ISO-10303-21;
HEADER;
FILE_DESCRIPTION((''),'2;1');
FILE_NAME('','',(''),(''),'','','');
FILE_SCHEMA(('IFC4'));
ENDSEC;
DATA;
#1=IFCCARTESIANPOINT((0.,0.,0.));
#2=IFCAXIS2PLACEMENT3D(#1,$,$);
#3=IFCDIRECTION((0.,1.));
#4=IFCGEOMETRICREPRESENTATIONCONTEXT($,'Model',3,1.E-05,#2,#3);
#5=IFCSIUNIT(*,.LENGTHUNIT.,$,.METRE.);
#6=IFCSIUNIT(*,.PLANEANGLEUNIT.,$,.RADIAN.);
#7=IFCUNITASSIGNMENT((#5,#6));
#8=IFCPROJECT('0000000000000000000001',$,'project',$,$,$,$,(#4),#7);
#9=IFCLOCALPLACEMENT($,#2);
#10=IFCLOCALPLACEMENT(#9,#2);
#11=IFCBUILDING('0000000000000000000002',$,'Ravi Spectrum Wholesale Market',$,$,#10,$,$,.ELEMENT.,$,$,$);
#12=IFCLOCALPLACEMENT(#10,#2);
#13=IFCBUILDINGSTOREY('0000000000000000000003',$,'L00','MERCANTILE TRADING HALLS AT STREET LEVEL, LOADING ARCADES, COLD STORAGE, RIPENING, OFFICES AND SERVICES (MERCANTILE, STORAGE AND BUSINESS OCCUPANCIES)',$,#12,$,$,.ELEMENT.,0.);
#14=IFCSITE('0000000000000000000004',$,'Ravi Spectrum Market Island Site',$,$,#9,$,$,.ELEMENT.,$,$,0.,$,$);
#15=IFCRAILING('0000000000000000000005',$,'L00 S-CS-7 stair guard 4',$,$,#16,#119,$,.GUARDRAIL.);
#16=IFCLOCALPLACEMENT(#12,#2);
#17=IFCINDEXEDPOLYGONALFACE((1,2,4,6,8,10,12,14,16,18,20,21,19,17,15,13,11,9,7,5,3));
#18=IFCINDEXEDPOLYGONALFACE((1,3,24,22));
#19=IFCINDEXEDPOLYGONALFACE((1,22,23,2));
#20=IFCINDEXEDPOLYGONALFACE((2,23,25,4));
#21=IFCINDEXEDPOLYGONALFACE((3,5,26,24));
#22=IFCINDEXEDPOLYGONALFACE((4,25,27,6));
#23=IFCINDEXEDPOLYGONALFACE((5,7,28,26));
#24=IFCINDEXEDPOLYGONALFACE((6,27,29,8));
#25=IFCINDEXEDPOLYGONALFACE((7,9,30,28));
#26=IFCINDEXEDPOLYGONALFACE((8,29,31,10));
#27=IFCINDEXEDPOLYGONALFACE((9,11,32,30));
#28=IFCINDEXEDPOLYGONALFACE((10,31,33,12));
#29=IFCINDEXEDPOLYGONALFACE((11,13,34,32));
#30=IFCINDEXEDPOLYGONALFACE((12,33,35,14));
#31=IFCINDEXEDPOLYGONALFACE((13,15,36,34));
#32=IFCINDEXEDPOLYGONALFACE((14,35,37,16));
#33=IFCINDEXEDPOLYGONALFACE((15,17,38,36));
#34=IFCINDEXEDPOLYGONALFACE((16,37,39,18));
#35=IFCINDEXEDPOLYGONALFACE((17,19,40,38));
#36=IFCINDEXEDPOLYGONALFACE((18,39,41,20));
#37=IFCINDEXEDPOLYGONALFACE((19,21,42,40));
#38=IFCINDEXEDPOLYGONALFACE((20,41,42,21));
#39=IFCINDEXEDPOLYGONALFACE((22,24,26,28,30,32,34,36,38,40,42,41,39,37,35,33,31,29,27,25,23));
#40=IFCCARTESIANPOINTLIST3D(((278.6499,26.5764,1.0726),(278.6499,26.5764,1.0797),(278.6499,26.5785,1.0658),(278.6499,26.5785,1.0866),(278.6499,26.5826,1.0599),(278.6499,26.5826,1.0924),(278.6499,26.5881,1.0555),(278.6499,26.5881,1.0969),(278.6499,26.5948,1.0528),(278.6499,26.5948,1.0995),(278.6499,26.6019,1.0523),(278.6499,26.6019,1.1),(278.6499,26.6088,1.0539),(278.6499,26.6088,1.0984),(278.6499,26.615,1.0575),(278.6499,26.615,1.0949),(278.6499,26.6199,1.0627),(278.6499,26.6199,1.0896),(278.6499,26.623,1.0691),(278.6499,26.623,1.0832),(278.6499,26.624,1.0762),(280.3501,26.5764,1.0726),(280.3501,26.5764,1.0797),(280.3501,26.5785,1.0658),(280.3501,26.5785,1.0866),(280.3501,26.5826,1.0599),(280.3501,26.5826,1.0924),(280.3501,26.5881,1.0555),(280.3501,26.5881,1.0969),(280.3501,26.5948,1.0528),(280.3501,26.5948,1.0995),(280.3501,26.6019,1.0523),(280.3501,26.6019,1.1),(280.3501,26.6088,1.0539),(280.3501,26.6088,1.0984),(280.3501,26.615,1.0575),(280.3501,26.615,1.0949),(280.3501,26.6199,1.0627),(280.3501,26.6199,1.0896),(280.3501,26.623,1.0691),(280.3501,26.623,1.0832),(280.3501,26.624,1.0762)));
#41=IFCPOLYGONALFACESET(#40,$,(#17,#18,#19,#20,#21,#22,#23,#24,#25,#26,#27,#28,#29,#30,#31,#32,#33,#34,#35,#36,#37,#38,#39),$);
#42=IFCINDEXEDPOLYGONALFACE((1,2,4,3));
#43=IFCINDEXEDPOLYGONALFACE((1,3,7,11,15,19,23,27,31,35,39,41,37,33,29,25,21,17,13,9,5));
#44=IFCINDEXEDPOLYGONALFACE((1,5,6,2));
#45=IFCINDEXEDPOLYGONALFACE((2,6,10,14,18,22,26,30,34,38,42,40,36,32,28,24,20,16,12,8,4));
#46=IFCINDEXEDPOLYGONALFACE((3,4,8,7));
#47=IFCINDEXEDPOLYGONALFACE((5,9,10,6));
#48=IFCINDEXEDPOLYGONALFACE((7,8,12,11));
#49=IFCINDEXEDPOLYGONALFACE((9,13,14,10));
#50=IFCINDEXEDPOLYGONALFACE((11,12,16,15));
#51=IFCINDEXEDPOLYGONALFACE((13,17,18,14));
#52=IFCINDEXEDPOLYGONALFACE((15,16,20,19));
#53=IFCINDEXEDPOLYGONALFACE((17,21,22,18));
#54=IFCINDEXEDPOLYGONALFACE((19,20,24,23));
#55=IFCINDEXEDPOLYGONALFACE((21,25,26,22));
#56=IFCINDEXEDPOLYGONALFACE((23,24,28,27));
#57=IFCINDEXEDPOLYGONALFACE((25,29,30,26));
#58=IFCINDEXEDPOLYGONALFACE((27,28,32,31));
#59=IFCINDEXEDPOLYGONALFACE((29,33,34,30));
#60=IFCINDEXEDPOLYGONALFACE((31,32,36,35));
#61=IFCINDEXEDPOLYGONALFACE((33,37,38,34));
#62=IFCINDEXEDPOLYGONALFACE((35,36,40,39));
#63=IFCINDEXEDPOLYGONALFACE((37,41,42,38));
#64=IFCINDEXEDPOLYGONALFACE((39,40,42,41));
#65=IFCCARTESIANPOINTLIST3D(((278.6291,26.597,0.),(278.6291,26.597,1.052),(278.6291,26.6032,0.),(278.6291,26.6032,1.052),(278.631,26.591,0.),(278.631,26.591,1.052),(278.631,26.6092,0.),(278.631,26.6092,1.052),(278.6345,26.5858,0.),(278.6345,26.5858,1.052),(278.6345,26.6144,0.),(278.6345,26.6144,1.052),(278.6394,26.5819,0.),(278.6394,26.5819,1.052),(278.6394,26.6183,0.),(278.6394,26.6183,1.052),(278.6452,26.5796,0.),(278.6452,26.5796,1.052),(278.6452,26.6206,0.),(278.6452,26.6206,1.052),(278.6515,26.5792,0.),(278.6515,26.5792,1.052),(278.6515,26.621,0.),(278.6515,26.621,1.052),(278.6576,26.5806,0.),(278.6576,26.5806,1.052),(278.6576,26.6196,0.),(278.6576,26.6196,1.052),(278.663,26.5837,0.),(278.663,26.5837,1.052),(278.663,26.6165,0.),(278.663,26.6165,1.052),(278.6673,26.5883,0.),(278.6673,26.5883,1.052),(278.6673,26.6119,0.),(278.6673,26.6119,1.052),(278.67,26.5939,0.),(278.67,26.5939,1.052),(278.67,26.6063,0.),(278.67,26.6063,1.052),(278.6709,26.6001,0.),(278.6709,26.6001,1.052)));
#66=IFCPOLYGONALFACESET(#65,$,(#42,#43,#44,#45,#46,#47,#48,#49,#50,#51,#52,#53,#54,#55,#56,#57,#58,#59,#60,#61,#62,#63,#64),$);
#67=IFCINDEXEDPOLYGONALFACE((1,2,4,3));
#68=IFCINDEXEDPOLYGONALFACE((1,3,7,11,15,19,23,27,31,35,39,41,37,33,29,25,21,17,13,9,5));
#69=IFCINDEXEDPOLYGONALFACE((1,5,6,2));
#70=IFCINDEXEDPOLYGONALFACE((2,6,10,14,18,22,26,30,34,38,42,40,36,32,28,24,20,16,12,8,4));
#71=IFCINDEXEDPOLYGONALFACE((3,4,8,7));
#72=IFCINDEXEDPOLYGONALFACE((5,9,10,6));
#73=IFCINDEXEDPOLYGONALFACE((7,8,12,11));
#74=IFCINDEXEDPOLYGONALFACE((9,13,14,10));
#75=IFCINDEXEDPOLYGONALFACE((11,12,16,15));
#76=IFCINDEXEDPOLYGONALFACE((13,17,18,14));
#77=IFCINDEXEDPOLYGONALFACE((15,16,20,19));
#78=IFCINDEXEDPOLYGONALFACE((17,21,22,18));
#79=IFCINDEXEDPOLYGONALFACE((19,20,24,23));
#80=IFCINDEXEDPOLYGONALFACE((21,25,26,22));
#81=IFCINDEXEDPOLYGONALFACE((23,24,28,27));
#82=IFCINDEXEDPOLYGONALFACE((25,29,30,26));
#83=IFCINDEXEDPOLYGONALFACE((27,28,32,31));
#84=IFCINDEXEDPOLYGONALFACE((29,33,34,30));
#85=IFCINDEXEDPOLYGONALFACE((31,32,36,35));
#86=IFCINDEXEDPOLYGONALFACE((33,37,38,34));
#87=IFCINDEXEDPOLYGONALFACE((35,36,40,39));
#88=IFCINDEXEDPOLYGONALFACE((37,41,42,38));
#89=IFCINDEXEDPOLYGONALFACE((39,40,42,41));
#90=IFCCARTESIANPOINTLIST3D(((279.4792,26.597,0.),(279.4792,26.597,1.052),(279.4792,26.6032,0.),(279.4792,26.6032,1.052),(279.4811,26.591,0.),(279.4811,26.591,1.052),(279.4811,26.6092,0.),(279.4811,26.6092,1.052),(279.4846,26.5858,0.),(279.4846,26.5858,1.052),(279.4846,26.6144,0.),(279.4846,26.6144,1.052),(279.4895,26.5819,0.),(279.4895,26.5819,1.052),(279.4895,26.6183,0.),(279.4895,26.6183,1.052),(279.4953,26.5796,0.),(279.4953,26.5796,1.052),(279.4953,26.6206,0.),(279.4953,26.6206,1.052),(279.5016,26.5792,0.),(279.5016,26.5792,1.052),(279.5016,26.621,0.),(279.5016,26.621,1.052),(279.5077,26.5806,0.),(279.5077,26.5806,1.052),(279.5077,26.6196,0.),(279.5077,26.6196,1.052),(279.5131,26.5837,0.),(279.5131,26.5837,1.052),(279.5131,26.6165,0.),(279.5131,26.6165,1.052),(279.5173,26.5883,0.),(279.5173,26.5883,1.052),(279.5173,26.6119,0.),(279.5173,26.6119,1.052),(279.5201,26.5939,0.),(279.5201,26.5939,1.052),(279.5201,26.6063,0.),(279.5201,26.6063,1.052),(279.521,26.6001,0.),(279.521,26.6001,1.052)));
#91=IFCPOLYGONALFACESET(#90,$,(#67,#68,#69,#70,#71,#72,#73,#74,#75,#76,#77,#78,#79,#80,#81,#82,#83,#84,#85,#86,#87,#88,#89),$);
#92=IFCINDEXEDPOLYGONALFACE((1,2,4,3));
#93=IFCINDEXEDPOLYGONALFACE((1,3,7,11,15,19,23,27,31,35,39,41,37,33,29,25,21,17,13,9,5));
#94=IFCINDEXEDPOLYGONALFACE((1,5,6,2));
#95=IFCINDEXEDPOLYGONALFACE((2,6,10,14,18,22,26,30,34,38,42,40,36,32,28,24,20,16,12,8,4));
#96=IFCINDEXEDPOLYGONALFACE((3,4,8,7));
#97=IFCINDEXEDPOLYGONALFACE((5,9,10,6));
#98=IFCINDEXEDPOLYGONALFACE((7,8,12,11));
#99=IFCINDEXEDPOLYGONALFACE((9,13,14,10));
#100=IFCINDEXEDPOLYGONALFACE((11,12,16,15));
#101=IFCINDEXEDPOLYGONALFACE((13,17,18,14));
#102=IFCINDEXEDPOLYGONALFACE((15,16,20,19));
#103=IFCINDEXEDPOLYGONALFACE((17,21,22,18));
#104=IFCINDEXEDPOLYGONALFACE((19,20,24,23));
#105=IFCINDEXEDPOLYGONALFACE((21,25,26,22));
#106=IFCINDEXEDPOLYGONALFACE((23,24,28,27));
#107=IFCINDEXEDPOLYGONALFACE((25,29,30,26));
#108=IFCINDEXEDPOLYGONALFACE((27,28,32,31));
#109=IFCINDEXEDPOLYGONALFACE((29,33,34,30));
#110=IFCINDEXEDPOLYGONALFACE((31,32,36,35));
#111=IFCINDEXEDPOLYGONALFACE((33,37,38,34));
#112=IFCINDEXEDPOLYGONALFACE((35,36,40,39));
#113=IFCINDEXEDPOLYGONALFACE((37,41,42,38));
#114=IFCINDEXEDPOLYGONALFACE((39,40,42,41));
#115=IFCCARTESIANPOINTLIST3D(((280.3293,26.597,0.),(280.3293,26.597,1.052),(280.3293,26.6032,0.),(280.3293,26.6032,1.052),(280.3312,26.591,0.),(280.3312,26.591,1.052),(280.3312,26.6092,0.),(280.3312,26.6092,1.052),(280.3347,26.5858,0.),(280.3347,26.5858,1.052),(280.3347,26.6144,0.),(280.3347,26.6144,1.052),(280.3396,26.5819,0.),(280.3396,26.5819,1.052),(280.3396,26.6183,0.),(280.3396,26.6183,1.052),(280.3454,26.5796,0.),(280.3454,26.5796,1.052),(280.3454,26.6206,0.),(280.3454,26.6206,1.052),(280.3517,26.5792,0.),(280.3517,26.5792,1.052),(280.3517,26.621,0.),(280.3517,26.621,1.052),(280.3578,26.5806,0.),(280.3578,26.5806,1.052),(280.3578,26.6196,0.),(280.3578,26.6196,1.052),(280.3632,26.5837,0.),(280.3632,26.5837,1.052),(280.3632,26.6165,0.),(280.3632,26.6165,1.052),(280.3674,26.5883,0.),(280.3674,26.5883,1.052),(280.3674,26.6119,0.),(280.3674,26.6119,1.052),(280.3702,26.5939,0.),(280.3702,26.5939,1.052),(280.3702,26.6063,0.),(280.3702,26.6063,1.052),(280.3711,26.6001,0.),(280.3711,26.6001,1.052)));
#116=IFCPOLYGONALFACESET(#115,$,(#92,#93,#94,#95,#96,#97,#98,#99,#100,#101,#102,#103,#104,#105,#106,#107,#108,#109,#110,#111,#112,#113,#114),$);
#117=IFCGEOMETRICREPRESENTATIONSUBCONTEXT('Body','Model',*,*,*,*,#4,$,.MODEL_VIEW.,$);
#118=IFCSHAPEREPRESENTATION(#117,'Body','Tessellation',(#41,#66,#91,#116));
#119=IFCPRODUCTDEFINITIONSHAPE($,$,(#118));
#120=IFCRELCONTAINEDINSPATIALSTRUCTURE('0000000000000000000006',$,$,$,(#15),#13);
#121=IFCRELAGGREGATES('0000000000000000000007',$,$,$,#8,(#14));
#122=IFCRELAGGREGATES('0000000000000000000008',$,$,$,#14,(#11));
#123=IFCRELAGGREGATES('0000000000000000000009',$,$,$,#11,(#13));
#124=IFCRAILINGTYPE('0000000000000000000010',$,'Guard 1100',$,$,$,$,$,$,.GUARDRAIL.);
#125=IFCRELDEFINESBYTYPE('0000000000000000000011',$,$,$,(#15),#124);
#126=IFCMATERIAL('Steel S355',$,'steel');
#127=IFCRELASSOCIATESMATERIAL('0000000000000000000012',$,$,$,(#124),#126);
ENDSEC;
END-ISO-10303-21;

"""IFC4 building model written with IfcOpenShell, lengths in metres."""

from ifc_helpers import new_model, si_unit, direction, frame, origin, origin_2d, place, context, subcontext, project, spatial, circle, extrude, material, type_object, element, save


model = new_model("IFC4")

# Units and contexts
model_context = context("Model", 3, precision=1e-05, world=origin(), true_north=direction((0.0, 1.0)))
body_context = subcontext(model_context, "Body", "Model", "MODEL_VIEW")
ifc_project = project(units=[si_unit("LENGTHUNIT", "METRE"), si_unit("PLANEANGLEUNIT", "RADIAN")], contexts=[model_context])

# Site, building, storey
site_placement = place(None, origin())
site = spatial("IfcSite", under=ifc_project, at=site_placement, Name="Ravi Spectrum Market Island Site", CompositionType="ELEMENT", RefElevation=0.0)
building_placement = place(site_placement, origin())
building = spatial("IfcBuilding", under=site, at=building_placement, Name="Ravi Spectrum Wholesale Market", CompositionType="ELEMENT")
storey_placement = place(building_placement, origin())
storey = spatial("IfcBuildingStorey", under=building, at=storey_placement, Name="L00", Description="MERCANTILE TRADING HALLS AT STREET LEVEL, LOADING ARCADES, COLD STORAGE, RIPENING, OFFICES AND SERVICES (MERCANTILE, STORAGE AND BUSINESS OCCUPANCIES)", CompositionType="ELEMENT", Elevation=0.0)

# Railing
ifc_material_1 = material(Name="Steel S355", Category="steel")
railing_type_1 = type_object("IfcRailingType", Name="Guard 1100", PredefinedType="GUARDRAIL", material=ifc_material_1)
railing_1_placement = place(storey_placement, frame((278.6499, 26.6001, 0.0)))
element("IfcRailing", 1, at=railing_1_placement, inside=storey, type_object=railing_type_1, Name="L00 S-CS-7 stair guard 4", PredefinedType="GUARDRAIL", context=body_context, shape_type="SweptSolid", body=[
    extrude(circle(Radius=0.0239, at=origin_2d()), frame((0.0, 0.0, 1.0762), z_axis=(1.0, 0.0, 0.0), x_axis=(0.0, 1.0, 0.0)), (0.0, 0.0, 1.0), 1.7002),
    extrude(circle(Radius=0.021, at=origin_2d()), origin(), (0.0, 0.0, 1.0), 1.052),
    extrude(circle(Radius=0.021, at=origin_2d()), frame((0.8501, 0.0, 0.0)), (0.0, 0.0, 1.0), 1.052),
    extrude(circle(Radius=0.021, at=origin_2d()), frame((1.7002, 0.0, 0.0)), (0.0, 0.0, 1.0), 1.052),
])

save(model, "model.ifc")
